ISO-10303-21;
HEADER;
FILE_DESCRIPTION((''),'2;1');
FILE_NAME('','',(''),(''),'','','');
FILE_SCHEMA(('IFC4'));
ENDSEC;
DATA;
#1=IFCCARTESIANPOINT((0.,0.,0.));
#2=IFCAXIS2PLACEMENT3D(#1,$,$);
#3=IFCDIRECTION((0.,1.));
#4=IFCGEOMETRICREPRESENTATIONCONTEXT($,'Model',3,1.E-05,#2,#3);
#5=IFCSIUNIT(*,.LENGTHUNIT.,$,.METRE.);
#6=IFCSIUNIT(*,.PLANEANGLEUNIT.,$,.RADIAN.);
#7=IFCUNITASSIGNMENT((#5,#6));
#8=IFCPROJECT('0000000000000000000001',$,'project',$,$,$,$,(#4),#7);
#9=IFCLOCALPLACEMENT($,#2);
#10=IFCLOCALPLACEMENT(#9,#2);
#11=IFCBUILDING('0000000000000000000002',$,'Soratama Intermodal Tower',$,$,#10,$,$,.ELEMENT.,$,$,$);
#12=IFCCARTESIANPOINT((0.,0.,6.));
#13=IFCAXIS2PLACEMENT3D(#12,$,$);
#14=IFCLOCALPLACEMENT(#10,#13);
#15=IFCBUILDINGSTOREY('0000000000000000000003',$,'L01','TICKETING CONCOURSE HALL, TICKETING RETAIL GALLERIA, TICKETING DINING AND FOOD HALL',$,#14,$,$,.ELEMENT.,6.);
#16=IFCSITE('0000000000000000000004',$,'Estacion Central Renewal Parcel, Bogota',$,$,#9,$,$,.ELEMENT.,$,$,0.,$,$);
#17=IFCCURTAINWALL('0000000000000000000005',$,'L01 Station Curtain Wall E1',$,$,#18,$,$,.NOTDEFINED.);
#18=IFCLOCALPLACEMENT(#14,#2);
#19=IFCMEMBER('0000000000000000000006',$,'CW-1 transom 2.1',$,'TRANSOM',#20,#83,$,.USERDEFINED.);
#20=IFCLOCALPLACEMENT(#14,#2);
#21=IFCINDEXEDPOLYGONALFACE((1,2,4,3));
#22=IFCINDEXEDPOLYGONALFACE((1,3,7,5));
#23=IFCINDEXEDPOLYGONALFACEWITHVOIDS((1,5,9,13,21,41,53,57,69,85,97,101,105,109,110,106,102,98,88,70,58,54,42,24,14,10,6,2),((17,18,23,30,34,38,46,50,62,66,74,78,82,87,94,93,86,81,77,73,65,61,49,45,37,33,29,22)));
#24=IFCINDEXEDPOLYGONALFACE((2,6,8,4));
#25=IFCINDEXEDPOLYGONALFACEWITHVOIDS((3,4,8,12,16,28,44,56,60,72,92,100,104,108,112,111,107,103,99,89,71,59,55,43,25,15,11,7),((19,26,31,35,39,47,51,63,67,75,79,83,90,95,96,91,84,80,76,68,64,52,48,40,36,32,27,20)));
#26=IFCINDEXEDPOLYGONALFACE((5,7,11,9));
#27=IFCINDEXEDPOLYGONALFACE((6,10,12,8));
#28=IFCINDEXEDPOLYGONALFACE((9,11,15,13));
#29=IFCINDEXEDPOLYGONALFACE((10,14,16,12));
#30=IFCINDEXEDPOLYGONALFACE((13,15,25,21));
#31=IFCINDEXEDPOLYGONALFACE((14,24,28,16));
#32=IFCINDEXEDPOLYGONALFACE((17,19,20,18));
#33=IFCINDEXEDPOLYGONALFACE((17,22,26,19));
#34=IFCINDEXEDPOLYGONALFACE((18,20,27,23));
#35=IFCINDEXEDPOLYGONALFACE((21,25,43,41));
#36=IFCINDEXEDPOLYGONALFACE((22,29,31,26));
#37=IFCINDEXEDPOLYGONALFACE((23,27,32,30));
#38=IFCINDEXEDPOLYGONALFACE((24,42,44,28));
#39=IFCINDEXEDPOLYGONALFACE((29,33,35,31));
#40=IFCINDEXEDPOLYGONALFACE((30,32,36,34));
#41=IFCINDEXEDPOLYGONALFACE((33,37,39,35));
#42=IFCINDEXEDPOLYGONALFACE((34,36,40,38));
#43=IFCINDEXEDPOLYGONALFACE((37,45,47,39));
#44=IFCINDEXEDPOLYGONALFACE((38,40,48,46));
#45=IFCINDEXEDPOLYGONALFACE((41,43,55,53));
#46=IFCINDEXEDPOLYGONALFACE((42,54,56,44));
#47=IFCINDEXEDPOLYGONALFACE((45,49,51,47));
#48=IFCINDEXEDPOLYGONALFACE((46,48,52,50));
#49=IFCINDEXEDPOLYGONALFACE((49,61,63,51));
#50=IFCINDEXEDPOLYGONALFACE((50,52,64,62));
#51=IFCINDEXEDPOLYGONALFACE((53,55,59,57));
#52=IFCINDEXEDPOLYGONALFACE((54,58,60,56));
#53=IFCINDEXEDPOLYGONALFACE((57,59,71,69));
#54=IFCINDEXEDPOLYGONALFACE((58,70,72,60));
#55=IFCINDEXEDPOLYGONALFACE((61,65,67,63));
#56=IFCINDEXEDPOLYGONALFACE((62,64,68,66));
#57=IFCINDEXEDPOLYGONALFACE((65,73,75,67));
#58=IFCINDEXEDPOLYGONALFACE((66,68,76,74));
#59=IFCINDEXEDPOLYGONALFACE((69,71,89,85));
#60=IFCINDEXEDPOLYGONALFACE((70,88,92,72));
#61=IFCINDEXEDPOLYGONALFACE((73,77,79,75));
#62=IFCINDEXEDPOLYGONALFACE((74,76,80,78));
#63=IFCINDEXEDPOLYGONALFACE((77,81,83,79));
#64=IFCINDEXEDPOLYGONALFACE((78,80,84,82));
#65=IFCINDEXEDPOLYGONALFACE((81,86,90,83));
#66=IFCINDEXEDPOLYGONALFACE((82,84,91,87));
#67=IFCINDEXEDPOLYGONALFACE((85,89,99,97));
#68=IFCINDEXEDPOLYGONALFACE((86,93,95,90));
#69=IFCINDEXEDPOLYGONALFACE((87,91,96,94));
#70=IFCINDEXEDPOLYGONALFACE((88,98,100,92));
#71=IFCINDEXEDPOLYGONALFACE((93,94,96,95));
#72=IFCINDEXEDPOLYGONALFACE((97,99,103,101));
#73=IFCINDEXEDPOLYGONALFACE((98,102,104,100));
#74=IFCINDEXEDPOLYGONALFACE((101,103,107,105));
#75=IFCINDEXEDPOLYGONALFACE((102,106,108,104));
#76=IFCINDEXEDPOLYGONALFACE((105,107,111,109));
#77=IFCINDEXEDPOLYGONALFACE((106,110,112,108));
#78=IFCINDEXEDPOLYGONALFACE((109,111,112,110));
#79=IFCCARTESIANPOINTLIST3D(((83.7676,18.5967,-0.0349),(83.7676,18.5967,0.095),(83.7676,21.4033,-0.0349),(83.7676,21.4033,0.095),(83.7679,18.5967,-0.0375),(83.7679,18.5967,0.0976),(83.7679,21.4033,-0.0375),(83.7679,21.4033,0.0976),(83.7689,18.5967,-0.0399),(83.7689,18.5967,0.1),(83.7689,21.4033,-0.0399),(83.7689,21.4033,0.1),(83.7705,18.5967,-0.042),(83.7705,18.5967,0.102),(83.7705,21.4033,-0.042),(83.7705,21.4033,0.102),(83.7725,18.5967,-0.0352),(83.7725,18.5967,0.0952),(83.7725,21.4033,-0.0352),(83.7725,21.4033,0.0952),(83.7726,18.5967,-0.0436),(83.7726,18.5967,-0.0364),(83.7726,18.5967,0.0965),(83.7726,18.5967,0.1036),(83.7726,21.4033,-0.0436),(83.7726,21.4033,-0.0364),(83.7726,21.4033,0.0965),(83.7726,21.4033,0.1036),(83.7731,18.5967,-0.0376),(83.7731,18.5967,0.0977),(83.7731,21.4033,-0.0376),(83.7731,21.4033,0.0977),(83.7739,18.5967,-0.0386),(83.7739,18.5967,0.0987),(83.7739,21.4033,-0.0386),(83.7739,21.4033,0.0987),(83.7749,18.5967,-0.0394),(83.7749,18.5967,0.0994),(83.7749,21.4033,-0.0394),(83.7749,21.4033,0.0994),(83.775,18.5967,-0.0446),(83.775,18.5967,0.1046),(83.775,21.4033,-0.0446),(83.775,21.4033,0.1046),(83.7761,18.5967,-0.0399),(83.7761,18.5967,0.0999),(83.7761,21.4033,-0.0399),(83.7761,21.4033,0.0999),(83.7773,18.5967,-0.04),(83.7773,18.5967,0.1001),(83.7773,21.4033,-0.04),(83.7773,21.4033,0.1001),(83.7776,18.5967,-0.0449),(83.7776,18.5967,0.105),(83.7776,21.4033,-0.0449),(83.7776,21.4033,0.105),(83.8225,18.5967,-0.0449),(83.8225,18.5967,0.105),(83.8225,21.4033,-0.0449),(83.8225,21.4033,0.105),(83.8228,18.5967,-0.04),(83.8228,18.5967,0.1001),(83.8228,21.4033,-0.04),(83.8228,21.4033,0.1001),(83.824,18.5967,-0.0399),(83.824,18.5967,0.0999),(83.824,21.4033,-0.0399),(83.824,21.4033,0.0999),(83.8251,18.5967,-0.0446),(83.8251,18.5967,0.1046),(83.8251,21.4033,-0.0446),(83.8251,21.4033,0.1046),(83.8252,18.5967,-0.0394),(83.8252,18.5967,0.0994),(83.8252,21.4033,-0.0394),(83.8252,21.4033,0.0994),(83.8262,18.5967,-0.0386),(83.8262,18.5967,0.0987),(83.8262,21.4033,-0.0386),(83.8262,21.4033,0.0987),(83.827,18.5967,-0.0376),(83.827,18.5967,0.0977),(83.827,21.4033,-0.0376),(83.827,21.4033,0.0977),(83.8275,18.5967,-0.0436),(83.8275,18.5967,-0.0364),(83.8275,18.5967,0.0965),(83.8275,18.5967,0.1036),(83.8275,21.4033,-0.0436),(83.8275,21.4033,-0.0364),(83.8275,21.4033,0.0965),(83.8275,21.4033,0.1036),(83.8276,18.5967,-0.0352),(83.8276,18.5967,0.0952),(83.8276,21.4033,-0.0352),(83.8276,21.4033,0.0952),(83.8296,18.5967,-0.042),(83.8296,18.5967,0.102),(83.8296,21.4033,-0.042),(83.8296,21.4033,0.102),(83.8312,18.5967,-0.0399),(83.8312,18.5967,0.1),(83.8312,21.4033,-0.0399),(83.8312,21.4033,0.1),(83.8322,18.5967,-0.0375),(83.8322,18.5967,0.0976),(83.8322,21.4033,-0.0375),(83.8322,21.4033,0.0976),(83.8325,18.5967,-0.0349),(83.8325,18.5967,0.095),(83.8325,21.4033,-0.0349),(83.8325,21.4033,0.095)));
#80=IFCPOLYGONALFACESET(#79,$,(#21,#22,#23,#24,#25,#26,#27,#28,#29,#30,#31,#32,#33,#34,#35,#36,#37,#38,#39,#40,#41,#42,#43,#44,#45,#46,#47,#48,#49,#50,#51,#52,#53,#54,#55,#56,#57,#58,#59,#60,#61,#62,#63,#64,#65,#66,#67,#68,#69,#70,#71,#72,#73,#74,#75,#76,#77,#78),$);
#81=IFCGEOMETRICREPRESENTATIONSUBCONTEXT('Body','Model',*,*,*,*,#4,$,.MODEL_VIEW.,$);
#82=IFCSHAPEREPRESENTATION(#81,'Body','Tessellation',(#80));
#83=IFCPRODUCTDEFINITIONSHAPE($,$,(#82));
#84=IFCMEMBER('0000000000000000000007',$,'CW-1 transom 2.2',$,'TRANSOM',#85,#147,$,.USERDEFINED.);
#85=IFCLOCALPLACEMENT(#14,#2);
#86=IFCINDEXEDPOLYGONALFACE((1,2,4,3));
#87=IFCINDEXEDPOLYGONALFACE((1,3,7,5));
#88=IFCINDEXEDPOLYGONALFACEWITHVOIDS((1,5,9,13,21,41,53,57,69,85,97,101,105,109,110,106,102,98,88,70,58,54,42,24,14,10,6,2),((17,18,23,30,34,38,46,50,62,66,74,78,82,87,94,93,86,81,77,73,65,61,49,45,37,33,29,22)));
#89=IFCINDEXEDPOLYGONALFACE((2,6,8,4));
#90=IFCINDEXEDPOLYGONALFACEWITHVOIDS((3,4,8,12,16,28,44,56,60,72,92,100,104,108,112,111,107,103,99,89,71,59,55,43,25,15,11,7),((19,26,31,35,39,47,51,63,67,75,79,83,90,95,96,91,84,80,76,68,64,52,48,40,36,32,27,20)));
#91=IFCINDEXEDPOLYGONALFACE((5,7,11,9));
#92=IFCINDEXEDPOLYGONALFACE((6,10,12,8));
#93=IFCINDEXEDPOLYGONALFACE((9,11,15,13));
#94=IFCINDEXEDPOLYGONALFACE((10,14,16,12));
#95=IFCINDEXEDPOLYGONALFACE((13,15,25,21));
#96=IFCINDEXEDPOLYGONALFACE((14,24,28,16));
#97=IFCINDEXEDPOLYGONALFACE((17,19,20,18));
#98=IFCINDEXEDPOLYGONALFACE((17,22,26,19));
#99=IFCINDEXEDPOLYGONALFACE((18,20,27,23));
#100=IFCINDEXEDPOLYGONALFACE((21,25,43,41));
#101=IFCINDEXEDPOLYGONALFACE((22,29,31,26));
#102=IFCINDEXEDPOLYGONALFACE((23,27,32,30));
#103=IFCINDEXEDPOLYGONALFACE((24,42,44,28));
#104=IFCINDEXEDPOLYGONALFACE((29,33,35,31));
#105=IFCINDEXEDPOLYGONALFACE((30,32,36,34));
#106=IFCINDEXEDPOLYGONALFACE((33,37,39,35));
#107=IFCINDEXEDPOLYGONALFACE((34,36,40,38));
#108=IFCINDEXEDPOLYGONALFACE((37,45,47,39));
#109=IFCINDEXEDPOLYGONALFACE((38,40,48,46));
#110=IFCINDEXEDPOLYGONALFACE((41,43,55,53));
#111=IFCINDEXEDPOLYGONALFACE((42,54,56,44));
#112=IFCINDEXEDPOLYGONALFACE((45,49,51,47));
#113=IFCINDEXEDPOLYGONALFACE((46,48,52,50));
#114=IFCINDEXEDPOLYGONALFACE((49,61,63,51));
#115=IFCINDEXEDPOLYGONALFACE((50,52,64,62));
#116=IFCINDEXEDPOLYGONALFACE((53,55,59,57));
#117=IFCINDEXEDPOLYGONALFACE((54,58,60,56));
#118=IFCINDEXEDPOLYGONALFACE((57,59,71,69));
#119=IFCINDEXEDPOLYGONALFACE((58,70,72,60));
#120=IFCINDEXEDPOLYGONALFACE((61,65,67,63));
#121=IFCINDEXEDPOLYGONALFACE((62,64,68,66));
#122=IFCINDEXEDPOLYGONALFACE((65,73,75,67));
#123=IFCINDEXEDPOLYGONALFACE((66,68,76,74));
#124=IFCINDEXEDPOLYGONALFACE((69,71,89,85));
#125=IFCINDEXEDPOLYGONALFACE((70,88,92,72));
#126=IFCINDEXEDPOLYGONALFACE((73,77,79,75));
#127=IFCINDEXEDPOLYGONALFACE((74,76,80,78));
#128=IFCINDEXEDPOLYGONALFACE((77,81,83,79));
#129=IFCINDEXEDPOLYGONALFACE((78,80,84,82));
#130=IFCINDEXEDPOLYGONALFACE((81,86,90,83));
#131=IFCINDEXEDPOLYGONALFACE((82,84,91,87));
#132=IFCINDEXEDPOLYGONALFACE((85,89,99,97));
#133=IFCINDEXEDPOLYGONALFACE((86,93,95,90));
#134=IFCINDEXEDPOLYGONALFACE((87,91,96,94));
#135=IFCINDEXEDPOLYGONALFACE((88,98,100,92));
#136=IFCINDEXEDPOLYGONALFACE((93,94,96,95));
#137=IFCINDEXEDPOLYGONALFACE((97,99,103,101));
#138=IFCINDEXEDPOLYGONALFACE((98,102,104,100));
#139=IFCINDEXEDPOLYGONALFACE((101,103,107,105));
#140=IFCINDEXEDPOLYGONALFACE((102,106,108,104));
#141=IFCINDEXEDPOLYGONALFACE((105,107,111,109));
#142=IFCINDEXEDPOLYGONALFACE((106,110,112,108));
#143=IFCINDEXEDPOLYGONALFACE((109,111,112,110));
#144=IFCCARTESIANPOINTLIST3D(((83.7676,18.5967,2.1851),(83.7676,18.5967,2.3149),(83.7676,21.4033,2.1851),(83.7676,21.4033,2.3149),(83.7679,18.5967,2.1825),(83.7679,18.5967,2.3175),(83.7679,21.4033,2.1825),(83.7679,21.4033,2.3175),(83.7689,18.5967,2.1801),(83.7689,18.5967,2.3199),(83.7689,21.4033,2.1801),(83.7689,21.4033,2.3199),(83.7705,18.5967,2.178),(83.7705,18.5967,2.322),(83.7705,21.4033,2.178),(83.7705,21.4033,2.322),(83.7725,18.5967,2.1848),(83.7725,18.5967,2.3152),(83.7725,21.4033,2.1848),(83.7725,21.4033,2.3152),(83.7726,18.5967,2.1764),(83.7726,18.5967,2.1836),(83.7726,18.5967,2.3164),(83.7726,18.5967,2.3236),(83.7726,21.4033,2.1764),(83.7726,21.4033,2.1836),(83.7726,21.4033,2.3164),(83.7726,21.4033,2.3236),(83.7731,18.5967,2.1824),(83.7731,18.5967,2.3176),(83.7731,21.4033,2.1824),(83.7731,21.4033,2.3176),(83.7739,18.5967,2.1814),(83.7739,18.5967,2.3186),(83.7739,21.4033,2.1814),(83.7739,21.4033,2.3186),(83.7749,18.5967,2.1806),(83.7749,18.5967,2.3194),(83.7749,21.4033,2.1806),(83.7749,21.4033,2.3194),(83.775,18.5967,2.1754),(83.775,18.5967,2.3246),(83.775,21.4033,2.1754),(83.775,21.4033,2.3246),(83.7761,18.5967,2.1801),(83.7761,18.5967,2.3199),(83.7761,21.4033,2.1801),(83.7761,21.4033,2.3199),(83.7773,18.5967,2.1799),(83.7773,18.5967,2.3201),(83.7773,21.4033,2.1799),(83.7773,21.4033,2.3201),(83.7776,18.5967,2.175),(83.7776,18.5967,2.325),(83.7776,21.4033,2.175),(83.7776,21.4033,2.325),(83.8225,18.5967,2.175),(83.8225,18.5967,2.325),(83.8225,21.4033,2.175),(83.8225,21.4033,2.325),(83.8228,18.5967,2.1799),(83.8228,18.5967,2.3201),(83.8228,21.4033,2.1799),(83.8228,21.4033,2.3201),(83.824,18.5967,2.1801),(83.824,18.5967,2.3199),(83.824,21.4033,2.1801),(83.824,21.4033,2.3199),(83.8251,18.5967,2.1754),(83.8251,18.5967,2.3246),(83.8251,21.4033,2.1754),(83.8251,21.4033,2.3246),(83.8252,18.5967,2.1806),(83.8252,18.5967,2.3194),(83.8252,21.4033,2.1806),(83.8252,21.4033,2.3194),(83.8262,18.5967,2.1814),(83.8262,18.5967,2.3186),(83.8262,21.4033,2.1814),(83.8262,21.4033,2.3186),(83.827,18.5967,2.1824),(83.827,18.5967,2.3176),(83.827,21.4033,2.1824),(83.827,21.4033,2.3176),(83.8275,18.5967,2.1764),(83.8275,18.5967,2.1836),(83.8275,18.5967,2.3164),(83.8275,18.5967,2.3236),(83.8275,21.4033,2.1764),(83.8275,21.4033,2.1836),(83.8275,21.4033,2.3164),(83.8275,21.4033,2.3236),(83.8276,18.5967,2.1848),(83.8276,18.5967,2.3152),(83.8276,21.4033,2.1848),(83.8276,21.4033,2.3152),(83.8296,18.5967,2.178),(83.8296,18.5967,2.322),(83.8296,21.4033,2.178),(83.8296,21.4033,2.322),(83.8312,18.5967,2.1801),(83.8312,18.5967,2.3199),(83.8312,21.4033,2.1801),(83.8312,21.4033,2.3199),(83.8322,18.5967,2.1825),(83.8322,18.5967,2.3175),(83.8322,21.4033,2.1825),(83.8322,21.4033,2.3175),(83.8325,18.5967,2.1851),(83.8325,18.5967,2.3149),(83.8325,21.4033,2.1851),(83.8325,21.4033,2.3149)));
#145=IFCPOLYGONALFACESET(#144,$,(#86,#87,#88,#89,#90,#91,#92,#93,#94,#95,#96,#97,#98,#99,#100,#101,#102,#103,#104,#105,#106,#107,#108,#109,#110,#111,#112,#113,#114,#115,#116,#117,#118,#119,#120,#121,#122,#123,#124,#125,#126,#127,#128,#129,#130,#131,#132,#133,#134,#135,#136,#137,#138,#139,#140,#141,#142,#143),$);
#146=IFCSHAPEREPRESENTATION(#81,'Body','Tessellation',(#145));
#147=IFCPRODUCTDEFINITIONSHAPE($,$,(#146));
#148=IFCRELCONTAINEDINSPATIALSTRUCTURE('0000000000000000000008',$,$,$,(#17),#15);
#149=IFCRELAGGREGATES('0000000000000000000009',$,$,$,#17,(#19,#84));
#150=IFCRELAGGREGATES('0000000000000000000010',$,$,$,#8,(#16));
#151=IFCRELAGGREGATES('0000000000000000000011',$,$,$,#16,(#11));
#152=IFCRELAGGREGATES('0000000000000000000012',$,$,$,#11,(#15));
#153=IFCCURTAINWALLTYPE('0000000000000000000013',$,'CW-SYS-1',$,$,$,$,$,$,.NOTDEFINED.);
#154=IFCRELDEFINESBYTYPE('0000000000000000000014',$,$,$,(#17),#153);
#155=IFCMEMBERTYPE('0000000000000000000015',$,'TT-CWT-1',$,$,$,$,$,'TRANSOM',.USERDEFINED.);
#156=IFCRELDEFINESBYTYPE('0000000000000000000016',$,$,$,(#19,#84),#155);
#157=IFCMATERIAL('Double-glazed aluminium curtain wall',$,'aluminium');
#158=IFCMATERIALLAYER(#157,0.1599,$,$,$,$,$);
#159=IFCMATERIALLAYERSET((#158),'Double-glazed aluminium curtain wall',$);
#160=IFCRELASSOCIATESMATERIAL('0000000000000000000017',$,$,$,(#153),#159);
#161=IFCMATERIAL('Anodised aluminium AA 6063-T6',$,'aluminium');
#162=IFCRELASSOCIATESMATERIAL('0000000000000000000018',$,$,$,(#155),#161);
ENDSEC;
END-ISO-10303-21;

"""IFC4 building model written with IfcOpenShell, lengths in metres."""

from ifc_helpers import new_model, si_unit, direction, frame, origin, origin_2d, place, context, subcontext, project, spatial, hollow_rectangle, extrude, material, layer, layer_set, material_profile, profile_set, type_object, element, aggregate, save


model = new_model("IFC4")

# Units and contexts
model_context = context("Model", 3, precision=1e-05, world=origin(), true_north=direction((0.0, 1.0)))
body_context = subcontext(model_context, "Body", "Model", "MODEL_VIEW")
ifc_project = project(units=[si_unit("LENGTHUNIT", "METRE"), si_unit("PLANEANGLEUNIT", "RADIAN")], contexts=[model_context])

# Site, building, storey
site_placement = place(None, origin())
site = spatial("IfcSite", under=ifc_project, at=site_placement, Name="Estacion Central Renewal Parcel, Bogota", CompositionType="ELEMENT", RefElevation=0.0)
building_placement = place(site_placement, origin())
building = spatial("IfcBuilding", under=site, at=building_placement, Name="Soratama Intermodal Tower", CompositionType="ELEMENT")
storey_placement = place(building_placement, frame((0.0, 0.0, 6.0)))
storey = spatial("IfcBuildingStorey", under=building, at=storey_placement, Name="L01", Description="TICKETING CONCOURSE HALL, TICKETING RETAIL GALLERIA, TICKETING DINING AND FOOD HALL", CompositionType="ELEMENT", Elevation=6.0)

# Curtain wall
ifc_material_1 = material(Name="Double-glazed aluminium curtain wall", Category="aluminium")
ifc_layer_1 = layer(ifc_material_1, 0.1599)
ifc_layer_set_1 = layer_set([ifc_layer_1], Name="Double-glazed aluminium curtain wall")
curtain_wall_type = type_object("IfcCurtainWallType", Name="CW-SYS-1", PredefinedType="NOTDEFINED", material=ifc_layer_set_1)
curtain_wall_1_placement = place(storey_placement, origin())
curtain_wall_1 = element("IfcCurtainWall", 1, at=curtain_wall_1_placement, inside=storey, type_object=curtain_wall_type, Name="L01 Station Curtain Wall E1", PredefinedType="NOTDEFINED")

# Members
ifc_material_2 = material(Name="Anodised aluminium AA 6063-T6", Category="aluminium")
ifc_material_profile_1 = material_profile(ifc_material_2, hollow_rectangle(XDim=0.0649, YDim=0.1499, WallThickness=0.0049, InnerFilletRadius=0.0049, OuterFilletRadius=0.01, at=origin_2d()), Name="CWT150X65X5")
ifc_profile_set_1 = profile_set([ifc_material_profile_1], Name="Anodised aluminium AA 6063-T6")
member_type_1 = type_object("IfcMemberType", Name="TT-CWT-1", ElementType="TRANSOM", PredefinedType="USERDEFINED", material=ifc_profile_set_1)
member_1_placement = place(storey_placement, frame((83.8, 18.5967, 0.03), z_axis=(0.0, 1.0, 0.0), x_axis=(-1.0, 0.0, 0.0)))
member_1 = element("IfcMember", 2, at=member_1_placement, type_object=member_type_1, Name="CW-1 transom 2.1", ObjectType="TRANSOM", PredefinedType="USERDEFINED", context=body_context, shape_type="SweptSolid", body=[
    extrude(hollow_rectangle(XDim=0.0649, YDim=0.1499, WallThickness=0.0049, InnerFilletRadius=0.0049, OuterFilletRadius=0.01, at=origin_2d()), origin(), (0.0, 0.0, 1.0), 2.8066),
])
member_2_placement = place(storey_placement, frame((83.8, 18.5967, 2.25), z_axis=(0.0, 1.0, 0.0), x_axis=(-1.0, 0.0, 0.0)))
member_2 = element("IfcMember", 3, at=member_2_placement, type_object=member_type_1, Name="CW-1 transom 2.2", ObjectType="TRANSOM", PredefinedType="USERDEFINED", context=body_context, shape_type="SweptSolid", body=[
    extrude(hollow_rectangle(XDim=0.0649, YDim=0.1499, WallThickness=0.0049, InnerFilletRadius=0.0049, OuterFilletRadius=0.01, at=origin_2d()), origin(), (0.0, 0.0, 1.0), 2.8066),
])

aggregate(curtain_wall_1, [member_1, member_2])

save(model, "model.ifc")
